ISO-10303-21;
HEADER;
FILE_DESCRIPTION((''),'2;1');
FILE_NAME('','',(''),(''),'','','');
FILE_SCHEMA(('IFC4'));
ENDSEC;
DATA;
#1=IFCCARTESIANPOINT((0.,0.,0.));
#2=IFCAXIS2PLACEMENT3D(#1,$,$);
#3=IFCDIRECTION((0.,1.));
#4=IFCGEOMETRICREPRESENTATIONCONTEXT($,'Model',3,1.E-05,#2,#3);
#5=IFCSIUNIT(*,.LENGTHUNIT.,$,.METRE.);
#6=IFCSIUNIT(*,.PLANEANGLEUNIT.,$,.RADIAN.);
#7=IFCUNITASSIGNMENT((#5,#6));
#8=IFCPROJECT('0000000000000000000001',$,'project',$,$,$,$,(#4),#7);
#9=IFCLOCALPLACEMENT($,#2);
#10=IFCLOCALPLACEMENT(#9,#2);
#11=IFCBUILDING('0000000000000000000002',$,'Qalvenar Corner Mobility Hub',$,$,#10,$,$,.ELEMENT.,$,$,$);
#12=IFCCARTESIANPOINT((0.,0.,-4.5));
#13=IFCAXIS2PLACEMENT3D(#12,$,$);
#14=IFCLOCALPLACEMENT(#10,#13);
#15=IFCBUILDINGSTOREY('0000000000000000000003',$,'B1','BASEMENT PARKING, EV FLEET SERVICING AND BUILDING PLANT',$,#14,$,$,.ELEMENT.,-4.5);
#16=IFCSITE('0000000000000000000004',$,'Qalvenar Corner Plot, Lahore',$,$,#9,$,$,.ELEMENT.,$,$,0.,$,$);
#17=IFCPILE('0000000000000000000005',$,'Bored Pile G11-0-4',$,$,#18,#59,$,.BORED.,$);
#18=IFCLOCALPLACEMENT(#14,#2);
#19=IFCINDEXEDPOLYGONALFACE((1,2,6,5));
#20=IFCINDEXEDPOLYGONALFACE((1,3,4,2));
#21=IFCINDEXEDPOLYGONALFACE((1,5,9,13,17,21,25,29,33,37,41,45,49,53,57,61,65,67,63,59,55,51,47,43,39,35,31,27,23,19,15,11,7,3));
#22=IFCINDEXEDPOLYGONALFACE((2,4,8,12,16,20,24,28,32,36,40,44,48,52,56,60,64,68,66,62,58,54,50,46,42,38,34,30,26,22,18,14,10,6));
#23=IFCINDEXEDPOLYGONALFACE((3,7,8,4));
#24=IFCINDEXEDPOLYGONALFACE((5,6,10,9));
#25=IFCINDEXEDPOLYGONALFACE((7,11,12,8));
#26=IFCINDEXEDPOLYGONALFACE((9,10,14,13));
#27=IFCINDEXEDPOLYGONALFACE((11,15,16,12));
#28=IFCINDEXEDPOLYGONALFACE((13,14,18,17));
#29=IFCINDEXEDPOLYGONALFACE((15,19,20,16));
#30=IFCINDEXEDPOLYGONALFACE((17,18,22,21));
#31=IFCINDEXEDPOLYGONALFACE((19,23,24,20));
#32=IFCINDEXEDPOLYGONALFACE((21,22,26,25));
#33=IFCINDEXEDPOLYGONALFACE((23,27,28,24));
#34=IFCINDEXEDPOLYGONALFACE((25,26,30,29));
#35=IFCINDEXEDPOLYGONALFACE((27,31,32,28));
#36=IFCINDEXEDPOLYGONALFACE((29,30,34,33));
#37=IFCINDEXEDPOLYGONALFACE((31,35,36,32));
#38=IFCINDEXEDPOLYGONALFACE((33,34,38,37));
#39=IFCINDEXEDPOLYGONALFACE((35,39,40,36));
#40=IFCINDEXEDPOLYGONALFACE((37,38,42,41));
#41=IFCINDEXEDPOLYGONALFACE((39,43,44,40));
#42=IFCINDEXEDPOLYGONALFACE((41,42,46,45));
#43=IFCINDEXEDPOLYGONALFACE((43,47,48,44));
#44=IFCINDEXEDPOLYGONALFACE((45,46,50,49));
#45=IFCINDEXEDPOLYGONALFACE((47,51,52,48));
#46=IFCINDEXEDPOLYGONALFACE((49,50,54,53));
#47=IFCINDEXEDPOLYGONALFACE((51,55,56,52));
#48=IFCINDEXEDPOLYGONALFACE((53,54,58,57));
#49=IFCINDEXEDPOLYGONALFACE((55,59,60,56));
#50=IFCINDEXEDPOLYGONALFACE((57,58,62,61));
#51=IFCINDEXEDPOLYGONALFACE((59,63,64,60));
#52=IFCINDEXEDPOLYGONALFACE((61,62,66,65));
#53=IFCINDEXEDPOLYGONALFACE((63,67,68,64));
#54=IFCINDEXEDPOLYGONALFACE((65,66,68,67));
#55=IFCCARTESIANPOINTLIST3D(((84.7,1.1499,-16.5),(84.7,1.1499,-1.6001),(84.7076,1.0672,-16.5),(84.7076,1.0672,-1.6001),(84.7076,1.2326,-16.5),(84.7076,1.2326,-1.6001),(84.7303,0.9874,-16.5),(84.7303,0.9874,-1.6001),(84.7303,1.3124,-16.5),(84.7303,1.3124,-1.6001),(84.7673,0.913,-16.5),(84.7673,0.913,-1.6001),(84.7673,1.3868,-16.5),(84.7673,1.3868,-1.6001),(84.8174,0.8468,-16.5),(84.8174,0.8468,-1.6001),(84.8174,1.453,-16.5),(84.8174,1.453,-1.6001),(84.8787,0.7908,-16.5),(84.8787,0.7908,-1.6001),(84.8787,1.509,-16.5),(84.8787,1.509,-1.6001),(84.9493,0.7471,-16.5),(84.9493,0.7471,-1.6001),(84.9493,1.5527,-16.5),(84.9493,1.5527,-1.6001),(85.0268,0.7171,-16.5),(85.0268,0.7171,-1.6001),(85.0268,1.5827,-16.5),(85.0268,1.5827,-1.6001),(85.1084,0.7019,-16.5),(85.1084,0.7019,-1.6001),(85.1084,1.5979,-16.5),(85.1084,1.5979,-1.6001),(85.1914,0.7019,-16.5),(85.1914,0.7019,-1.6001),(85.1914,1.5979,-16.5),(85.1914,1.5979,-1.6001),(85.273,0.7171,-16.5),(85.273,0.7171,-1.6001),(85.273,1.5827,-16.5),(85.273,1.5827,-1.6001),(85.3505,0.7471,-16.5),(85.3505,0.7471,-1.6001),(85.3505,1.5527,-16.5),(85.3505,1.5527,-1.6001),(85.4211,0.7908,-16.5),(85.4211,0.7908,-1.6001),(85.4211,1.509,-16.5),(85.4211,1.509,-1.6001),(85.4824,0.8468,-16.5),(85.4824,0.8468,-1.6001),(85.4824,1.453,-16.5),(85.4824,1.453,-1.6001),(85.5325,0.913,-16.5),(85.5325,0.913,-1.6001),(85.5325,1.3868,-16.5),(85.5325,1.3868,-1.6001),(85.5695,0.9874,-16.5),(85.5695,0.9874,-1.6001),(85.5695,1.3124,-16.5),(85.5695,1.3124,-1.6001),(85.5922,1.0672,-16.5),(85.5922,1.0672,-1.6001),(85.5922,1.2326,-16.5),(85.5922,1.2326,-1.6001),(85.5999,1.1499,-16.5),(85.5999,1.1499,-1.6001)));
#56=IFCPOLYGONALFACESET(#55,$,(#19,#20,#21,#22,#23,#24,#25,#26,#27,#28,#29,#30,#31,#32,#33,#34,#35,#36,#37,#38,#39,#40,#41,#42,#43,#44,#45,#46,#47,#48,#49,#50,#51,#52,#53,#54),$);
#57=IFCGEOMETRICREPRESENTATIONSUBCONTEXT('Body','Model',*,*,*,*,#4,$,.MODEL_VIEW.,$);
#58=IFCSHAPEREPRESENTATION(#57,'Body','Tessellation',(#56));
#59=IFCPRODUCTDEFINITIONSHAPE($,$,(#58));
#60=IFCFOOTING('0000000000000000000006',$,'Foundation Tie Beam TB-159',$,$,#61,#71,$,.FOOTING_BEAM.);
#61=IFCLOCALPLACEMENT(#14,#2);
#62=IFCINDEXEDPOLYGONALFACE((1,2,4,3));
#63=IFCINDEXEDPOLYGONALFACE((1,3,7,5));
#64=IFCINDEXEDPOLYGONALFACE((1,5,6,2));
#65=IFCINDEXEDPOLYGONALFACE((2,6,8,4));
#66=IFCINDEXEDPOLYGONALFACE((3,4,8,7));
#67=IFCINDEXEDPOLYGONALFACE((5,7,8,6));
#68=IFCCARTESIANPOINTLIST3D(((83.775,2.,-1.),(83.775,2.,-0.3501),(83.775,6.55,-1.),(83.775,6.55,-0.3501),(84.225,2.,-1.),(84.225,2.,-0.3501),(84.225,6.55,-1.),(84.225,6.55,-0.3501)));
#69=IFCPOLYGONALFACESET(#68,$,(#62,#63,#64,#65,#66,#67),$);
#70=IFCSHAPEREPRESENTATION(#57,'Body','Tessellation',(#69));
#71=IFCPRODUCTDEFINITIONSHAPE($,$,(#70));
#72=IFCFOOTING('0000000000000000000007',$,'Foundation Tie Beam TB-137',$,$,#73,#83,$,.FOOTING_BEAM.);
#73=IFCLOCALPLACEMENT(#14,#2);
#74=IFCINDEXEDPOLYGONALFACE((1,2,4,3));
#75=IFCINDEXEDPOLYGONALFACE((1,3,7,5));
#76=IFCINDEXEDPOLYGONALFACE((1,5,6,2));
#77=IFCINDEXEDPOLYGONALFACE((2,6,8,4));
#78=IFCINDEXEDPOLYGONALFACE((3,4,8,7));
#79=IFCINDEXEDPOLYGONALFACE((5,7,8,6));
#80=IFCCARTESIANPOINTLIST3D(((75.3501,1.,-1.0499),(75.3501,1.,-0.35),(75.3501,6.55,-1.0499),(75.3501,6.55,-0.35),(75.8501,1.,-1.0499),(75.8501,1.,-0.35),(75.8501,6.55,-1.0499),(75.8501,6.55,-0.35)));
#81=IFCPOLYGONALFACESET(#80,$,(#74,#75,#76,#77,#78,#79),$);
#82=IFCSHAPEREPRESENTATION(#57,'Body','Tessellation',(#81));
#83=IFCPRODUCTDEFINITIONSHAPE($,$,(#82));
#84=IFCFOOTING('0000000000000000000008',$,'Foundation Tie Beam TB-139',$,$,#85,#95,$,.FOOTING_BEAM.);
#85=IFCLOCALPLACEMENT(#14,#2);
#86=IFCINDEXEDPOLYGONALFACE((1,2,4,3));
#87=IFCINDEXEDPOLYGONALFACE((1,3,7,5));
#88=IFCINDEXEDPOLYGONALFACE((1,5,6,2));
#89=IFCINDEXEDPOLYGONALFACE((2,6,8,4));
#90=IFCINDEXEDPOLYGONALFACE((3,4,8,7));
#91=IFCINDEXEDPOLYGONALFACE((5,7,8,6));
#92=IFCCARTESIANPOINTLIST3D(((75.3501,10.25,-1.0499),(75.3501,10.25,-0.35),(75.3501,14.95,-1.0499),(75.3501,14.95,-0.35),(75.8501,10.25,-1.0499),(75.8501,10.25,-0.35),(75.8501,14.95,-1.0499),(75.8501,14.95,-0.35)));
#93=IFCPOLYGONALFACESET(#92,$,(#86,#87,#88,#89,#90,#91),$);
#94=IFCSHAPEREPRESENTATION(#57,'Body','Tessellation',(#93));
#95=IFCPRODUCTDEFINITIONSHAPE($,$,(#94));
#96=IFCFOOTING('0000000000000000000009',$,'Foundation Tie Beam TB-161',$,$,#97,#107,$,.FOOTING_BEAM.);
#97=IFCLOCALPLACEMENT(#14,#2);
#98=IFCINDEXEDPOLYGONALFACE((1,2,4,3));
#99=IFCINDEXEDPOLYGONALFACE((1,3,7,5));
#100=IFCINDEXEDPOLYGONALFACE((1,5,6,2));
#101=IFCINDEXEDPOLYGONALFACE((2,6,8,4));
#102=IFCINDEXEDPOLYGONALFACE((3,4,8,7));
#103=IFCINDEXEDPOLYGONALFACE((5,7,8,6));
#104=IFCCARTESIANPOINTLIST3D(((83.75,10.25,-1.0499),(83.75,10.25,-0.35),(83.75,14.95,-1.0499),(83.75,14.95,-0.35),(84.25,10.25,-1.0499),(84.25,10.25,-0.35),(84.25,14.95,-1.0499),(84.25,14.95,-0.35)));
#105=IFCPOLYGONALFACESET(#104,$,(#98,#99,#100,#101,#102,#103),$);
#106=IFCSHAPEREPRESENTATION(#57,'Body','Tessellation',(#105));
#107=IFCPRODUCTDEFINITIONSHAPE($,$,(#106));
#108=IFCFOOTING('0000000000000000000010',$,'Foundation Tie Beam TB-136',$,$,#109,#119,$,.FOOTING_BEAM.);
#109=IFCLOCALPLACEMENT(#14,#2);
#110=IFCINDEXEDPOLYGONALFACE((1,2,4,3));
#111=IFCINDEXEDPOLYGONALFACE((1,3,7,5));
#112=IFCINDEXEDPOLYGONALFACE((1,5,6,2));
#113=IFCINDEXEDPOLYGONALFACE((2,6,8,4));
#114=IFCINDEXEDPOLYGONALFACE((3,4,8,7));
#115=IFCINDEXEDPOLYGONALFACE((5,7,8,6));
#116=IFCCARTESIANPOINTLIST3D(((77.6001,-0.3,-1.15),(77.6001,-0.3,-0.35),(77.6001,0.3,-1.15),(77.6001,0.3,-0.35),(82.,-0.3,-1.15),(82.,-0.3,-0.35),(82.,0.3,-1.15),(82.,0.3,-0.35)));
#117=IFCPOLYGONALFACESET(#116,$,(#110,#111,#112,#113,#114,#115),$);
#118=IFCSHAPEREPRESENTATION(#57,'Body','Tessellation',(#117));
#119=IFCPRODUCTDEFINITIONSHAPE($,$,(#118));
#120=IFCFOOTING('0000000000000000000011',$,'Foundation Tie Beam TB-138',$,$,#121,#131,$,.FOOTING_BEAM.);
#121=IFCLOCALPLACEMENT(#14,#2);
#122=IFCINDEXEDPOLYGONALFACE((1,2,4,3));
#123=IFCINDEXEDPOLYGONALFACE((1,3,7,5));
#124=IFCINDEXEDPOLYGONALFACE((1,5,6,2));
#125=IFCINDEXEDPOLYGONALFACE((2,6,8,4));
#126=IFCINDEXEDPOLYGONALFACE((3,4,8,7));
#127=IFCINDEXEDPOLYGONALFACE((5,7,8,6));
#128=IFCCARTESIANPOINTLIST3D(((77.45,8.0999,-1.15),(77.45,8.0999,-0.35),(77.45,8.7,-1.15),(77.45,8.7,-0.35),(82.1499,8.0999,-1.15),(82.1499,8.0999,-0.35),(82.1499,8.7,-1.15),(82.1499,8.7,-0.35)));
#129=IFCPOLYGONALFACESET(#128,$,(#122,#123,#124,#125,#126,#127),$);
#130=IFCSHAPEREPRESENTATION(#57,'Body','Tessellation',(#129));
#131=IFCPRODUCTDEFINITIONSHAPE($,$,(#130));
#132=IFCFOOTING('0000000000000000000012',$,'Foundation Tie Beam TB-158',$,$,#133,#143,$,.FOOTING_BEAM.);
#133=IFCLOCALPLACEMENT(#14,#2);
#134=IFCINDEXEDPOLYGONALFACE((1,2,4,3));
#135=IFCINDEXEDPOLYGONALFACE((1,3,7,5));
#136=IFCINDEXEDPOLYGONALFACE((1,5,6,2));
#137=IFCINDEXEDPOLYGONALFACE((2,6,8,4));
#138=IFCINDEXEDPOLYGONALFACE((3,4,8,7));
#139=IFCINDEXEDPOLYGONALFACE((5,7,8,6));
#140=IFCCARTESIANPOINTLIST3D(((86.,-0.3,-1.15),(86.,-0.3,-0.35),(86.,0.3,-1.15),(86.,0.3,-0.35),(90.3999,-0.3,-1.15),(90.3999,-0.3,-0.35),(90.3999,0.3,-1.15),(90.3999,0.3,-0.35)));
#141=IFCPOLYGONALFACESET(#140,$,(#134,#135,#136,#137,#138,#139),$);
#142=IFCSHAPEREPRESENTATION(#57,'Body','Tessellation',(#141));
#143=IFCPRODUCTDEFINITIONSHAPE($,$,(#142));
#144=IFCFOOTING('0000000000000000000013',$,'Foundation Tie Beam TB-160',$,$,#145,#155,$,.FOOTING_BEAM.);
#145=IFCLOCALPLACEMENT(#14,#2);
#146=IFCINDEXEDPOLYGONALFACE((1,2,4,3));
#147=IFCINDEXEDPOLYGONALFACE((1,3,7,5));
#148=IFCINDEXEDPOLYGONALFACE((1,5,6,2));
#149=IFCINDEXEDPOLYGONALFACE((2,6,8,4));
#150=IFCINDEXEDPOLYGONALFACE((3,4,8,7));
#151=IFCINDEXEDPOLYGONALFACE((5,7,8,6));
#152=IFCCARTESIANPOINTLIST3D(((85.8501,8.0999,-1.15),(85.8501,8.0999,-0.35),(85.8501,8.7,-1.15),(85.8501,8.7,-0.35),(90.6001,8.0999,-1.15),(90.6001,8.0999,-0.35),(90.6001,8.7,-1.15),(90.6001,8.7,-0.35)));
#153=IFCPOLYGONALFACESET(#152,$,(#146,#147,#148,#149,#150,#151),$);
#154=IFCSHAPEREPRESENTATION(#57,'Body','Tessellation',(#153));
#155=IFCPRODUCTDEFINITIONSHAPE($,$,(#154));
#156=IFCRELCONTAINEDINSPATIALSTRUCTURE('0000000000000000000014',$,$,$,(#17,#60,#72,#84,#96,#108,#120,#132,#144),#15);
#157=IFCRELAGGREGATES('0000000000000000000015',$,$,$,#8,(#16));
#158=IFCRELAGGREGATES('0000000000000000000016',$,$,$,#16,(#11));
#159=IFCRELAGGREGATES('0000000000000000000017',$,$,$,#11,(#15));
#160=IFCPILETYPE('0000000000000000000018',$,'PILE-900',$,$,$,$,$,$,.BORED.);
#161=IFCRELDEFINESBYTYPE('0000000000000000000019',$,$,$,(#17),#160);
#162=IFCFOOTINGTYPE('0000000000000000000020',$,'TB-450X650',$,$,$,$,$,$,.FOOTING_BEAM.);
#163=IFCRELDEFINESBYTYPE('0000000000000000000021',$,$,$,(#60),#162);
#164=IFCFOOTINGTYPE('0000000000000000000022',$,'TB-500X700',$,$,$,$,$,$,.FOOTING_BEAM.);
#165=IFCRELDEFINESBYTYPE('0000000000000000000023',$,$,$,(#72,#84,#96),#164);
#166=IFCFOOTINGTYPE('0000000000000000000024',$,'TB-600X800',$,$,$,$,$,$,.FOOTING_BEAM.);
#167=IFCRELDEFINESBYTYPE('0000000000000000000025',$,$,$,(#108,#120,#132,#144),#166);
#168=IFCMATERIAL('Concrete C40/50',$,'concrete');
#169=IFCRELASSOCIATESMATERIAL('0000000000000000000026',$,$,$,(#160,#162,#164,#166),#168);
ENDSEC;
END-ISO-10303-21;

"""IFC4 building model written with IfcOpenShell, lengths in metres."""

from ifc_helpers import new_model, si_unit, direction, frame, origin, origin_2d, place, context, subcontext, project, spatial, rectangle, circle, extrude, material, material_profile, profile_set, type_object, element, save


model = new_model("IFC4")

# Units and contexts
model_context = context("Model", 3, precision=1e-05, world=origin(), true_north=direction((0.0, 1.0)))
body_context = subcontext(model_context, "Body", "Model", "MODEL_VIEW")
ifc_project = project(units=[si_unit("LENGTHUNIT", "METRE"), si_unit("PLANEANGLEUNIT", "RADIAN")], contexts=[model_context])

# Site, building, storey
site_placement = place(None, origin())
site = spatial("IfcSite", under=ifc_project, at=site_placement, Name="Qalvenar Corner Plot, Lahore", CompositionType="ELEMENT", RefElevation=0.0)
building_placement = place(site_placement, origin())
building = spatial("IfcBuilding", under=site, at=building_placement, Name="Qalvenar Corner Mobility Hub", CompositionType="ELEMENT")
storey_placement = place(building_placement, frame((0.0, 0.0, -4.5)))
storey = spatial("IfcBuildingStorey", under=building, at=storey_placement, Name="B1", Description="BASEMENT PARKING, EV FLEET SERVICING AND BUILDING PLANT", CompositionType="ELEMENT", Elevation=-4.5)

# Shared definitions
ifc_material_1 = material(Name="Concrete C40/50", Category="concrete")

# Pile
ifc_material_profile_1 = material_profile(ifc_material_1, circle(Radius=0.45, at=origin_2d()), Name="DIA900")
ifc_profile_set_1 = profile_set([ifc_material_profile_1], Name="Concrete C40/50")
pile_type_1 = type_object("IfcPileType", Name="PILE-900", PredefinedType="BORED", material=ifc_profile_set_1)
for number, where, z_axis, x_axis, name in (
    (1, (85.1499, 1.1499, -1.6001), (0.0, 0.0, -1.0), (1.0, 0.0, 0.0), "Bored Pile G11-0-4"),
):
    element("IfcPile", number, at=place(storey_placement, frame(where, z_axis=z_axis, x_axis=x_axis)), inside=storey, type_object=pile_type_1, Name=name, PredefinedType="BORED", context=body_context, shape_type="SweptSolid", body=[
        extrude(circle(Radius=0.45, at=origin_2d()), origin(), (0.0, 0.0, 1.0), 14.8999),
    ])

# Footings
ifc_material_profile_2 = material_profile(ifc_material_1, rectangle(XDim=0.45, YDim=0.6499, at=origin_2d()), Name="RC450x650")
ifc_profile_set_2 = profile_set([ifc_material_profile_2], Name="Concrete C40/50")
footing_type_1 = type_object("IfcFootingType", Name="TB-450X650", PredefinedType="FOOTING_BEAM", material=ifc_profile_set_2)
footing_1_placement = place(storey_placement, frame((84.0, 2.0, -0.675), z_axis=(0.0, 1.0, 0.0), x_axis=(-1.0, 0.0, 0.0)))
element("IfcFooting", 2, at=footing_1_placement, inside=storey, type_object=footing_type_1, Name="Foundation Tie Beam TB-159", PredefinedType="FOOTING_BEAM", context=body_context, shape_type="SweptSolid", body=[
    extrude(rectangle(XDim=0.45, YDim=0.6499, at=origin_2d()), origin(), (0.0, 0.0, 1.0), 4.55),
])
ifc_material_profile_3 = material_profile(ifc_material_1, rectangle(XDim=0.5, YDim=0.7, at=origin_2d()), Name="RC500x700")
ifc_profile_set_3 = profile_set([ifc_material_profile_3], Name="Concrete C40/50")
footing_type_2 = type_object("IfcFootingType", Name="TB-500X700", PredefinedType="FOOTING_BEAM", material=ifc_profile_set_3)
footing_2_placement = place(storey_placement, frame((75.6001, 1.0, -0.7), z_axis=(0.0, 1.0, 0.0), x_axis=(-1.0, 0.0, 0.0)))
element("IfcFooting", 3, at=footing_2_placement, inside=storey, type_object=footing_type_2, Name="Foundation Tie Beam TB-137", PredefinedType="FOOTING_BEAM", context=body_context, shape_type="SweptSolid", body=[
    extrude(rectangle(XDim=0.5, YDim=0.7, at=origin_2d()), origin(), (0.0, 0.0, 1.0), 5.55),
])
for number, where, z_axis, x_axis, name in (
    (4, (75.6001, 10.25, -0.7), (0.0, 1.0, 0.0), (-1.0, 0.0, 0.0), "Foundation Tie Beam TB-139"),
    (5, (84.0, 10.25, -0.7), (0.0, 1.0, 0.0), (-1.0, 0.0, 0.0), "Foundation Tie Beam TB-161"),
):
    element("IfcFooting", number, at=place(storey_placement, frame(where, z_axis=z_axis, x_axis=x_axis)), inside=storey, type_object=footing_type_2, Name=name, PredefinedType="FOOTING_BEAM", context=body_context, shape_type="SweptSolid", body=[
        extrude(rectangle(XDim=0.5, YDim=0.7, at=origin_2d()), origin(), (0.0, 0.0, 1.0), 4.7),
    ])
ifc_material_profile_4 = material_profile(ifc_material_1, rectangle(XDim=0.6001, YDim=0.8, at=origin_2d()), Name="RC600x800")
ifc_profile_set_4 = profile_set([ifc_material_profile_4], Name="Concrete C40/50")
footing_type_3 = type_object("IfcFootingType", Name="TB-600X800", PredefinedType="FOOTING_BEAM", material=ifc_profile_set_4)
footing_3_placement = place(storey_placement, frame((77.6001, 0.0, -0.75), z_axis=(1.0, 0.0, 0.0), x_axis=(0.0, 1.0, 0.0)))
element("IfcFooting", 6, at=footing_3_placement, inside=storey, type_object=footing_type_3, Name="Foundation Tie Beam TB-136", PredefinedType="FOOTING_BEAM", context=body_context, shape_type="SweptSolid", body=[
    extrude(rectangle(XDim=0.6001, YDim=0.8, at=origin_2d()), origin(), (0.0, 0.0, 1.0), 4.3999),
])
footing_4_placement = place(storey_placement, frame((77.45, 8.3999, -0.75), z_axis=(1.0, 0.0, 0.0), x_axis=(0.0, 1.0, 0.0)))
element("IfcFooting", 7, at=footing_4_placement, inside=storey, type_object=footing_type_3, Name="Foundation Tie Beam TB-138", PredefinedType="FOOTING_BEAM", context=body_context, shape_type="SweptSolid", body=[
    extrude(rectangle(XDim=0.6001, YDim=0.8, at=origin_2d()), origin(), (0.0, 0.0, 1.0), 4.7),
])
footing_5_placement = place(storey_placement, frame((86.0, 0.0, -0.75), z_axis=(1.0, 0.0, 0.0), x_axis=(0.0, 1.0, 0.0)))
element("IfcFooting", 8, at=footing_5_placement, inside=storey, type_object=footing_type_3, Name="Foundation Tie Beam TB-158", PredefinedType="FOOTING_BEAM", context=body_context, shape_type="SweptSolid", body=[
    extrude(rectangle(XDim=0.6001, YDim=0.8, at=origin_2d()), origin(), (0.0, 0.0, 1.0), 4.3999),
])
footing_6_placement = place(storey_placement, frame((85.8501, 8.3999, -0.75), z_axis=(1.0, 0.0, 0.0), x_axis=(0.0, 1.0, 0.0)))
element("IfcFooting", 9, at=footing_6_placement, inside=storey, type_object=footing_type_3, Name="Foundation Tie Beam TB-160", PredefinedType="FOOTING_BEAM", context=body_context, shape_type="SweptSolid", body=[
    extrude(rectangle(XDim=0.6001, YDim=0.8, at=origin_2d()), origin(), (0.0, 0.0, 1.0), 4.75),
])

save(model, "model.ifc")
